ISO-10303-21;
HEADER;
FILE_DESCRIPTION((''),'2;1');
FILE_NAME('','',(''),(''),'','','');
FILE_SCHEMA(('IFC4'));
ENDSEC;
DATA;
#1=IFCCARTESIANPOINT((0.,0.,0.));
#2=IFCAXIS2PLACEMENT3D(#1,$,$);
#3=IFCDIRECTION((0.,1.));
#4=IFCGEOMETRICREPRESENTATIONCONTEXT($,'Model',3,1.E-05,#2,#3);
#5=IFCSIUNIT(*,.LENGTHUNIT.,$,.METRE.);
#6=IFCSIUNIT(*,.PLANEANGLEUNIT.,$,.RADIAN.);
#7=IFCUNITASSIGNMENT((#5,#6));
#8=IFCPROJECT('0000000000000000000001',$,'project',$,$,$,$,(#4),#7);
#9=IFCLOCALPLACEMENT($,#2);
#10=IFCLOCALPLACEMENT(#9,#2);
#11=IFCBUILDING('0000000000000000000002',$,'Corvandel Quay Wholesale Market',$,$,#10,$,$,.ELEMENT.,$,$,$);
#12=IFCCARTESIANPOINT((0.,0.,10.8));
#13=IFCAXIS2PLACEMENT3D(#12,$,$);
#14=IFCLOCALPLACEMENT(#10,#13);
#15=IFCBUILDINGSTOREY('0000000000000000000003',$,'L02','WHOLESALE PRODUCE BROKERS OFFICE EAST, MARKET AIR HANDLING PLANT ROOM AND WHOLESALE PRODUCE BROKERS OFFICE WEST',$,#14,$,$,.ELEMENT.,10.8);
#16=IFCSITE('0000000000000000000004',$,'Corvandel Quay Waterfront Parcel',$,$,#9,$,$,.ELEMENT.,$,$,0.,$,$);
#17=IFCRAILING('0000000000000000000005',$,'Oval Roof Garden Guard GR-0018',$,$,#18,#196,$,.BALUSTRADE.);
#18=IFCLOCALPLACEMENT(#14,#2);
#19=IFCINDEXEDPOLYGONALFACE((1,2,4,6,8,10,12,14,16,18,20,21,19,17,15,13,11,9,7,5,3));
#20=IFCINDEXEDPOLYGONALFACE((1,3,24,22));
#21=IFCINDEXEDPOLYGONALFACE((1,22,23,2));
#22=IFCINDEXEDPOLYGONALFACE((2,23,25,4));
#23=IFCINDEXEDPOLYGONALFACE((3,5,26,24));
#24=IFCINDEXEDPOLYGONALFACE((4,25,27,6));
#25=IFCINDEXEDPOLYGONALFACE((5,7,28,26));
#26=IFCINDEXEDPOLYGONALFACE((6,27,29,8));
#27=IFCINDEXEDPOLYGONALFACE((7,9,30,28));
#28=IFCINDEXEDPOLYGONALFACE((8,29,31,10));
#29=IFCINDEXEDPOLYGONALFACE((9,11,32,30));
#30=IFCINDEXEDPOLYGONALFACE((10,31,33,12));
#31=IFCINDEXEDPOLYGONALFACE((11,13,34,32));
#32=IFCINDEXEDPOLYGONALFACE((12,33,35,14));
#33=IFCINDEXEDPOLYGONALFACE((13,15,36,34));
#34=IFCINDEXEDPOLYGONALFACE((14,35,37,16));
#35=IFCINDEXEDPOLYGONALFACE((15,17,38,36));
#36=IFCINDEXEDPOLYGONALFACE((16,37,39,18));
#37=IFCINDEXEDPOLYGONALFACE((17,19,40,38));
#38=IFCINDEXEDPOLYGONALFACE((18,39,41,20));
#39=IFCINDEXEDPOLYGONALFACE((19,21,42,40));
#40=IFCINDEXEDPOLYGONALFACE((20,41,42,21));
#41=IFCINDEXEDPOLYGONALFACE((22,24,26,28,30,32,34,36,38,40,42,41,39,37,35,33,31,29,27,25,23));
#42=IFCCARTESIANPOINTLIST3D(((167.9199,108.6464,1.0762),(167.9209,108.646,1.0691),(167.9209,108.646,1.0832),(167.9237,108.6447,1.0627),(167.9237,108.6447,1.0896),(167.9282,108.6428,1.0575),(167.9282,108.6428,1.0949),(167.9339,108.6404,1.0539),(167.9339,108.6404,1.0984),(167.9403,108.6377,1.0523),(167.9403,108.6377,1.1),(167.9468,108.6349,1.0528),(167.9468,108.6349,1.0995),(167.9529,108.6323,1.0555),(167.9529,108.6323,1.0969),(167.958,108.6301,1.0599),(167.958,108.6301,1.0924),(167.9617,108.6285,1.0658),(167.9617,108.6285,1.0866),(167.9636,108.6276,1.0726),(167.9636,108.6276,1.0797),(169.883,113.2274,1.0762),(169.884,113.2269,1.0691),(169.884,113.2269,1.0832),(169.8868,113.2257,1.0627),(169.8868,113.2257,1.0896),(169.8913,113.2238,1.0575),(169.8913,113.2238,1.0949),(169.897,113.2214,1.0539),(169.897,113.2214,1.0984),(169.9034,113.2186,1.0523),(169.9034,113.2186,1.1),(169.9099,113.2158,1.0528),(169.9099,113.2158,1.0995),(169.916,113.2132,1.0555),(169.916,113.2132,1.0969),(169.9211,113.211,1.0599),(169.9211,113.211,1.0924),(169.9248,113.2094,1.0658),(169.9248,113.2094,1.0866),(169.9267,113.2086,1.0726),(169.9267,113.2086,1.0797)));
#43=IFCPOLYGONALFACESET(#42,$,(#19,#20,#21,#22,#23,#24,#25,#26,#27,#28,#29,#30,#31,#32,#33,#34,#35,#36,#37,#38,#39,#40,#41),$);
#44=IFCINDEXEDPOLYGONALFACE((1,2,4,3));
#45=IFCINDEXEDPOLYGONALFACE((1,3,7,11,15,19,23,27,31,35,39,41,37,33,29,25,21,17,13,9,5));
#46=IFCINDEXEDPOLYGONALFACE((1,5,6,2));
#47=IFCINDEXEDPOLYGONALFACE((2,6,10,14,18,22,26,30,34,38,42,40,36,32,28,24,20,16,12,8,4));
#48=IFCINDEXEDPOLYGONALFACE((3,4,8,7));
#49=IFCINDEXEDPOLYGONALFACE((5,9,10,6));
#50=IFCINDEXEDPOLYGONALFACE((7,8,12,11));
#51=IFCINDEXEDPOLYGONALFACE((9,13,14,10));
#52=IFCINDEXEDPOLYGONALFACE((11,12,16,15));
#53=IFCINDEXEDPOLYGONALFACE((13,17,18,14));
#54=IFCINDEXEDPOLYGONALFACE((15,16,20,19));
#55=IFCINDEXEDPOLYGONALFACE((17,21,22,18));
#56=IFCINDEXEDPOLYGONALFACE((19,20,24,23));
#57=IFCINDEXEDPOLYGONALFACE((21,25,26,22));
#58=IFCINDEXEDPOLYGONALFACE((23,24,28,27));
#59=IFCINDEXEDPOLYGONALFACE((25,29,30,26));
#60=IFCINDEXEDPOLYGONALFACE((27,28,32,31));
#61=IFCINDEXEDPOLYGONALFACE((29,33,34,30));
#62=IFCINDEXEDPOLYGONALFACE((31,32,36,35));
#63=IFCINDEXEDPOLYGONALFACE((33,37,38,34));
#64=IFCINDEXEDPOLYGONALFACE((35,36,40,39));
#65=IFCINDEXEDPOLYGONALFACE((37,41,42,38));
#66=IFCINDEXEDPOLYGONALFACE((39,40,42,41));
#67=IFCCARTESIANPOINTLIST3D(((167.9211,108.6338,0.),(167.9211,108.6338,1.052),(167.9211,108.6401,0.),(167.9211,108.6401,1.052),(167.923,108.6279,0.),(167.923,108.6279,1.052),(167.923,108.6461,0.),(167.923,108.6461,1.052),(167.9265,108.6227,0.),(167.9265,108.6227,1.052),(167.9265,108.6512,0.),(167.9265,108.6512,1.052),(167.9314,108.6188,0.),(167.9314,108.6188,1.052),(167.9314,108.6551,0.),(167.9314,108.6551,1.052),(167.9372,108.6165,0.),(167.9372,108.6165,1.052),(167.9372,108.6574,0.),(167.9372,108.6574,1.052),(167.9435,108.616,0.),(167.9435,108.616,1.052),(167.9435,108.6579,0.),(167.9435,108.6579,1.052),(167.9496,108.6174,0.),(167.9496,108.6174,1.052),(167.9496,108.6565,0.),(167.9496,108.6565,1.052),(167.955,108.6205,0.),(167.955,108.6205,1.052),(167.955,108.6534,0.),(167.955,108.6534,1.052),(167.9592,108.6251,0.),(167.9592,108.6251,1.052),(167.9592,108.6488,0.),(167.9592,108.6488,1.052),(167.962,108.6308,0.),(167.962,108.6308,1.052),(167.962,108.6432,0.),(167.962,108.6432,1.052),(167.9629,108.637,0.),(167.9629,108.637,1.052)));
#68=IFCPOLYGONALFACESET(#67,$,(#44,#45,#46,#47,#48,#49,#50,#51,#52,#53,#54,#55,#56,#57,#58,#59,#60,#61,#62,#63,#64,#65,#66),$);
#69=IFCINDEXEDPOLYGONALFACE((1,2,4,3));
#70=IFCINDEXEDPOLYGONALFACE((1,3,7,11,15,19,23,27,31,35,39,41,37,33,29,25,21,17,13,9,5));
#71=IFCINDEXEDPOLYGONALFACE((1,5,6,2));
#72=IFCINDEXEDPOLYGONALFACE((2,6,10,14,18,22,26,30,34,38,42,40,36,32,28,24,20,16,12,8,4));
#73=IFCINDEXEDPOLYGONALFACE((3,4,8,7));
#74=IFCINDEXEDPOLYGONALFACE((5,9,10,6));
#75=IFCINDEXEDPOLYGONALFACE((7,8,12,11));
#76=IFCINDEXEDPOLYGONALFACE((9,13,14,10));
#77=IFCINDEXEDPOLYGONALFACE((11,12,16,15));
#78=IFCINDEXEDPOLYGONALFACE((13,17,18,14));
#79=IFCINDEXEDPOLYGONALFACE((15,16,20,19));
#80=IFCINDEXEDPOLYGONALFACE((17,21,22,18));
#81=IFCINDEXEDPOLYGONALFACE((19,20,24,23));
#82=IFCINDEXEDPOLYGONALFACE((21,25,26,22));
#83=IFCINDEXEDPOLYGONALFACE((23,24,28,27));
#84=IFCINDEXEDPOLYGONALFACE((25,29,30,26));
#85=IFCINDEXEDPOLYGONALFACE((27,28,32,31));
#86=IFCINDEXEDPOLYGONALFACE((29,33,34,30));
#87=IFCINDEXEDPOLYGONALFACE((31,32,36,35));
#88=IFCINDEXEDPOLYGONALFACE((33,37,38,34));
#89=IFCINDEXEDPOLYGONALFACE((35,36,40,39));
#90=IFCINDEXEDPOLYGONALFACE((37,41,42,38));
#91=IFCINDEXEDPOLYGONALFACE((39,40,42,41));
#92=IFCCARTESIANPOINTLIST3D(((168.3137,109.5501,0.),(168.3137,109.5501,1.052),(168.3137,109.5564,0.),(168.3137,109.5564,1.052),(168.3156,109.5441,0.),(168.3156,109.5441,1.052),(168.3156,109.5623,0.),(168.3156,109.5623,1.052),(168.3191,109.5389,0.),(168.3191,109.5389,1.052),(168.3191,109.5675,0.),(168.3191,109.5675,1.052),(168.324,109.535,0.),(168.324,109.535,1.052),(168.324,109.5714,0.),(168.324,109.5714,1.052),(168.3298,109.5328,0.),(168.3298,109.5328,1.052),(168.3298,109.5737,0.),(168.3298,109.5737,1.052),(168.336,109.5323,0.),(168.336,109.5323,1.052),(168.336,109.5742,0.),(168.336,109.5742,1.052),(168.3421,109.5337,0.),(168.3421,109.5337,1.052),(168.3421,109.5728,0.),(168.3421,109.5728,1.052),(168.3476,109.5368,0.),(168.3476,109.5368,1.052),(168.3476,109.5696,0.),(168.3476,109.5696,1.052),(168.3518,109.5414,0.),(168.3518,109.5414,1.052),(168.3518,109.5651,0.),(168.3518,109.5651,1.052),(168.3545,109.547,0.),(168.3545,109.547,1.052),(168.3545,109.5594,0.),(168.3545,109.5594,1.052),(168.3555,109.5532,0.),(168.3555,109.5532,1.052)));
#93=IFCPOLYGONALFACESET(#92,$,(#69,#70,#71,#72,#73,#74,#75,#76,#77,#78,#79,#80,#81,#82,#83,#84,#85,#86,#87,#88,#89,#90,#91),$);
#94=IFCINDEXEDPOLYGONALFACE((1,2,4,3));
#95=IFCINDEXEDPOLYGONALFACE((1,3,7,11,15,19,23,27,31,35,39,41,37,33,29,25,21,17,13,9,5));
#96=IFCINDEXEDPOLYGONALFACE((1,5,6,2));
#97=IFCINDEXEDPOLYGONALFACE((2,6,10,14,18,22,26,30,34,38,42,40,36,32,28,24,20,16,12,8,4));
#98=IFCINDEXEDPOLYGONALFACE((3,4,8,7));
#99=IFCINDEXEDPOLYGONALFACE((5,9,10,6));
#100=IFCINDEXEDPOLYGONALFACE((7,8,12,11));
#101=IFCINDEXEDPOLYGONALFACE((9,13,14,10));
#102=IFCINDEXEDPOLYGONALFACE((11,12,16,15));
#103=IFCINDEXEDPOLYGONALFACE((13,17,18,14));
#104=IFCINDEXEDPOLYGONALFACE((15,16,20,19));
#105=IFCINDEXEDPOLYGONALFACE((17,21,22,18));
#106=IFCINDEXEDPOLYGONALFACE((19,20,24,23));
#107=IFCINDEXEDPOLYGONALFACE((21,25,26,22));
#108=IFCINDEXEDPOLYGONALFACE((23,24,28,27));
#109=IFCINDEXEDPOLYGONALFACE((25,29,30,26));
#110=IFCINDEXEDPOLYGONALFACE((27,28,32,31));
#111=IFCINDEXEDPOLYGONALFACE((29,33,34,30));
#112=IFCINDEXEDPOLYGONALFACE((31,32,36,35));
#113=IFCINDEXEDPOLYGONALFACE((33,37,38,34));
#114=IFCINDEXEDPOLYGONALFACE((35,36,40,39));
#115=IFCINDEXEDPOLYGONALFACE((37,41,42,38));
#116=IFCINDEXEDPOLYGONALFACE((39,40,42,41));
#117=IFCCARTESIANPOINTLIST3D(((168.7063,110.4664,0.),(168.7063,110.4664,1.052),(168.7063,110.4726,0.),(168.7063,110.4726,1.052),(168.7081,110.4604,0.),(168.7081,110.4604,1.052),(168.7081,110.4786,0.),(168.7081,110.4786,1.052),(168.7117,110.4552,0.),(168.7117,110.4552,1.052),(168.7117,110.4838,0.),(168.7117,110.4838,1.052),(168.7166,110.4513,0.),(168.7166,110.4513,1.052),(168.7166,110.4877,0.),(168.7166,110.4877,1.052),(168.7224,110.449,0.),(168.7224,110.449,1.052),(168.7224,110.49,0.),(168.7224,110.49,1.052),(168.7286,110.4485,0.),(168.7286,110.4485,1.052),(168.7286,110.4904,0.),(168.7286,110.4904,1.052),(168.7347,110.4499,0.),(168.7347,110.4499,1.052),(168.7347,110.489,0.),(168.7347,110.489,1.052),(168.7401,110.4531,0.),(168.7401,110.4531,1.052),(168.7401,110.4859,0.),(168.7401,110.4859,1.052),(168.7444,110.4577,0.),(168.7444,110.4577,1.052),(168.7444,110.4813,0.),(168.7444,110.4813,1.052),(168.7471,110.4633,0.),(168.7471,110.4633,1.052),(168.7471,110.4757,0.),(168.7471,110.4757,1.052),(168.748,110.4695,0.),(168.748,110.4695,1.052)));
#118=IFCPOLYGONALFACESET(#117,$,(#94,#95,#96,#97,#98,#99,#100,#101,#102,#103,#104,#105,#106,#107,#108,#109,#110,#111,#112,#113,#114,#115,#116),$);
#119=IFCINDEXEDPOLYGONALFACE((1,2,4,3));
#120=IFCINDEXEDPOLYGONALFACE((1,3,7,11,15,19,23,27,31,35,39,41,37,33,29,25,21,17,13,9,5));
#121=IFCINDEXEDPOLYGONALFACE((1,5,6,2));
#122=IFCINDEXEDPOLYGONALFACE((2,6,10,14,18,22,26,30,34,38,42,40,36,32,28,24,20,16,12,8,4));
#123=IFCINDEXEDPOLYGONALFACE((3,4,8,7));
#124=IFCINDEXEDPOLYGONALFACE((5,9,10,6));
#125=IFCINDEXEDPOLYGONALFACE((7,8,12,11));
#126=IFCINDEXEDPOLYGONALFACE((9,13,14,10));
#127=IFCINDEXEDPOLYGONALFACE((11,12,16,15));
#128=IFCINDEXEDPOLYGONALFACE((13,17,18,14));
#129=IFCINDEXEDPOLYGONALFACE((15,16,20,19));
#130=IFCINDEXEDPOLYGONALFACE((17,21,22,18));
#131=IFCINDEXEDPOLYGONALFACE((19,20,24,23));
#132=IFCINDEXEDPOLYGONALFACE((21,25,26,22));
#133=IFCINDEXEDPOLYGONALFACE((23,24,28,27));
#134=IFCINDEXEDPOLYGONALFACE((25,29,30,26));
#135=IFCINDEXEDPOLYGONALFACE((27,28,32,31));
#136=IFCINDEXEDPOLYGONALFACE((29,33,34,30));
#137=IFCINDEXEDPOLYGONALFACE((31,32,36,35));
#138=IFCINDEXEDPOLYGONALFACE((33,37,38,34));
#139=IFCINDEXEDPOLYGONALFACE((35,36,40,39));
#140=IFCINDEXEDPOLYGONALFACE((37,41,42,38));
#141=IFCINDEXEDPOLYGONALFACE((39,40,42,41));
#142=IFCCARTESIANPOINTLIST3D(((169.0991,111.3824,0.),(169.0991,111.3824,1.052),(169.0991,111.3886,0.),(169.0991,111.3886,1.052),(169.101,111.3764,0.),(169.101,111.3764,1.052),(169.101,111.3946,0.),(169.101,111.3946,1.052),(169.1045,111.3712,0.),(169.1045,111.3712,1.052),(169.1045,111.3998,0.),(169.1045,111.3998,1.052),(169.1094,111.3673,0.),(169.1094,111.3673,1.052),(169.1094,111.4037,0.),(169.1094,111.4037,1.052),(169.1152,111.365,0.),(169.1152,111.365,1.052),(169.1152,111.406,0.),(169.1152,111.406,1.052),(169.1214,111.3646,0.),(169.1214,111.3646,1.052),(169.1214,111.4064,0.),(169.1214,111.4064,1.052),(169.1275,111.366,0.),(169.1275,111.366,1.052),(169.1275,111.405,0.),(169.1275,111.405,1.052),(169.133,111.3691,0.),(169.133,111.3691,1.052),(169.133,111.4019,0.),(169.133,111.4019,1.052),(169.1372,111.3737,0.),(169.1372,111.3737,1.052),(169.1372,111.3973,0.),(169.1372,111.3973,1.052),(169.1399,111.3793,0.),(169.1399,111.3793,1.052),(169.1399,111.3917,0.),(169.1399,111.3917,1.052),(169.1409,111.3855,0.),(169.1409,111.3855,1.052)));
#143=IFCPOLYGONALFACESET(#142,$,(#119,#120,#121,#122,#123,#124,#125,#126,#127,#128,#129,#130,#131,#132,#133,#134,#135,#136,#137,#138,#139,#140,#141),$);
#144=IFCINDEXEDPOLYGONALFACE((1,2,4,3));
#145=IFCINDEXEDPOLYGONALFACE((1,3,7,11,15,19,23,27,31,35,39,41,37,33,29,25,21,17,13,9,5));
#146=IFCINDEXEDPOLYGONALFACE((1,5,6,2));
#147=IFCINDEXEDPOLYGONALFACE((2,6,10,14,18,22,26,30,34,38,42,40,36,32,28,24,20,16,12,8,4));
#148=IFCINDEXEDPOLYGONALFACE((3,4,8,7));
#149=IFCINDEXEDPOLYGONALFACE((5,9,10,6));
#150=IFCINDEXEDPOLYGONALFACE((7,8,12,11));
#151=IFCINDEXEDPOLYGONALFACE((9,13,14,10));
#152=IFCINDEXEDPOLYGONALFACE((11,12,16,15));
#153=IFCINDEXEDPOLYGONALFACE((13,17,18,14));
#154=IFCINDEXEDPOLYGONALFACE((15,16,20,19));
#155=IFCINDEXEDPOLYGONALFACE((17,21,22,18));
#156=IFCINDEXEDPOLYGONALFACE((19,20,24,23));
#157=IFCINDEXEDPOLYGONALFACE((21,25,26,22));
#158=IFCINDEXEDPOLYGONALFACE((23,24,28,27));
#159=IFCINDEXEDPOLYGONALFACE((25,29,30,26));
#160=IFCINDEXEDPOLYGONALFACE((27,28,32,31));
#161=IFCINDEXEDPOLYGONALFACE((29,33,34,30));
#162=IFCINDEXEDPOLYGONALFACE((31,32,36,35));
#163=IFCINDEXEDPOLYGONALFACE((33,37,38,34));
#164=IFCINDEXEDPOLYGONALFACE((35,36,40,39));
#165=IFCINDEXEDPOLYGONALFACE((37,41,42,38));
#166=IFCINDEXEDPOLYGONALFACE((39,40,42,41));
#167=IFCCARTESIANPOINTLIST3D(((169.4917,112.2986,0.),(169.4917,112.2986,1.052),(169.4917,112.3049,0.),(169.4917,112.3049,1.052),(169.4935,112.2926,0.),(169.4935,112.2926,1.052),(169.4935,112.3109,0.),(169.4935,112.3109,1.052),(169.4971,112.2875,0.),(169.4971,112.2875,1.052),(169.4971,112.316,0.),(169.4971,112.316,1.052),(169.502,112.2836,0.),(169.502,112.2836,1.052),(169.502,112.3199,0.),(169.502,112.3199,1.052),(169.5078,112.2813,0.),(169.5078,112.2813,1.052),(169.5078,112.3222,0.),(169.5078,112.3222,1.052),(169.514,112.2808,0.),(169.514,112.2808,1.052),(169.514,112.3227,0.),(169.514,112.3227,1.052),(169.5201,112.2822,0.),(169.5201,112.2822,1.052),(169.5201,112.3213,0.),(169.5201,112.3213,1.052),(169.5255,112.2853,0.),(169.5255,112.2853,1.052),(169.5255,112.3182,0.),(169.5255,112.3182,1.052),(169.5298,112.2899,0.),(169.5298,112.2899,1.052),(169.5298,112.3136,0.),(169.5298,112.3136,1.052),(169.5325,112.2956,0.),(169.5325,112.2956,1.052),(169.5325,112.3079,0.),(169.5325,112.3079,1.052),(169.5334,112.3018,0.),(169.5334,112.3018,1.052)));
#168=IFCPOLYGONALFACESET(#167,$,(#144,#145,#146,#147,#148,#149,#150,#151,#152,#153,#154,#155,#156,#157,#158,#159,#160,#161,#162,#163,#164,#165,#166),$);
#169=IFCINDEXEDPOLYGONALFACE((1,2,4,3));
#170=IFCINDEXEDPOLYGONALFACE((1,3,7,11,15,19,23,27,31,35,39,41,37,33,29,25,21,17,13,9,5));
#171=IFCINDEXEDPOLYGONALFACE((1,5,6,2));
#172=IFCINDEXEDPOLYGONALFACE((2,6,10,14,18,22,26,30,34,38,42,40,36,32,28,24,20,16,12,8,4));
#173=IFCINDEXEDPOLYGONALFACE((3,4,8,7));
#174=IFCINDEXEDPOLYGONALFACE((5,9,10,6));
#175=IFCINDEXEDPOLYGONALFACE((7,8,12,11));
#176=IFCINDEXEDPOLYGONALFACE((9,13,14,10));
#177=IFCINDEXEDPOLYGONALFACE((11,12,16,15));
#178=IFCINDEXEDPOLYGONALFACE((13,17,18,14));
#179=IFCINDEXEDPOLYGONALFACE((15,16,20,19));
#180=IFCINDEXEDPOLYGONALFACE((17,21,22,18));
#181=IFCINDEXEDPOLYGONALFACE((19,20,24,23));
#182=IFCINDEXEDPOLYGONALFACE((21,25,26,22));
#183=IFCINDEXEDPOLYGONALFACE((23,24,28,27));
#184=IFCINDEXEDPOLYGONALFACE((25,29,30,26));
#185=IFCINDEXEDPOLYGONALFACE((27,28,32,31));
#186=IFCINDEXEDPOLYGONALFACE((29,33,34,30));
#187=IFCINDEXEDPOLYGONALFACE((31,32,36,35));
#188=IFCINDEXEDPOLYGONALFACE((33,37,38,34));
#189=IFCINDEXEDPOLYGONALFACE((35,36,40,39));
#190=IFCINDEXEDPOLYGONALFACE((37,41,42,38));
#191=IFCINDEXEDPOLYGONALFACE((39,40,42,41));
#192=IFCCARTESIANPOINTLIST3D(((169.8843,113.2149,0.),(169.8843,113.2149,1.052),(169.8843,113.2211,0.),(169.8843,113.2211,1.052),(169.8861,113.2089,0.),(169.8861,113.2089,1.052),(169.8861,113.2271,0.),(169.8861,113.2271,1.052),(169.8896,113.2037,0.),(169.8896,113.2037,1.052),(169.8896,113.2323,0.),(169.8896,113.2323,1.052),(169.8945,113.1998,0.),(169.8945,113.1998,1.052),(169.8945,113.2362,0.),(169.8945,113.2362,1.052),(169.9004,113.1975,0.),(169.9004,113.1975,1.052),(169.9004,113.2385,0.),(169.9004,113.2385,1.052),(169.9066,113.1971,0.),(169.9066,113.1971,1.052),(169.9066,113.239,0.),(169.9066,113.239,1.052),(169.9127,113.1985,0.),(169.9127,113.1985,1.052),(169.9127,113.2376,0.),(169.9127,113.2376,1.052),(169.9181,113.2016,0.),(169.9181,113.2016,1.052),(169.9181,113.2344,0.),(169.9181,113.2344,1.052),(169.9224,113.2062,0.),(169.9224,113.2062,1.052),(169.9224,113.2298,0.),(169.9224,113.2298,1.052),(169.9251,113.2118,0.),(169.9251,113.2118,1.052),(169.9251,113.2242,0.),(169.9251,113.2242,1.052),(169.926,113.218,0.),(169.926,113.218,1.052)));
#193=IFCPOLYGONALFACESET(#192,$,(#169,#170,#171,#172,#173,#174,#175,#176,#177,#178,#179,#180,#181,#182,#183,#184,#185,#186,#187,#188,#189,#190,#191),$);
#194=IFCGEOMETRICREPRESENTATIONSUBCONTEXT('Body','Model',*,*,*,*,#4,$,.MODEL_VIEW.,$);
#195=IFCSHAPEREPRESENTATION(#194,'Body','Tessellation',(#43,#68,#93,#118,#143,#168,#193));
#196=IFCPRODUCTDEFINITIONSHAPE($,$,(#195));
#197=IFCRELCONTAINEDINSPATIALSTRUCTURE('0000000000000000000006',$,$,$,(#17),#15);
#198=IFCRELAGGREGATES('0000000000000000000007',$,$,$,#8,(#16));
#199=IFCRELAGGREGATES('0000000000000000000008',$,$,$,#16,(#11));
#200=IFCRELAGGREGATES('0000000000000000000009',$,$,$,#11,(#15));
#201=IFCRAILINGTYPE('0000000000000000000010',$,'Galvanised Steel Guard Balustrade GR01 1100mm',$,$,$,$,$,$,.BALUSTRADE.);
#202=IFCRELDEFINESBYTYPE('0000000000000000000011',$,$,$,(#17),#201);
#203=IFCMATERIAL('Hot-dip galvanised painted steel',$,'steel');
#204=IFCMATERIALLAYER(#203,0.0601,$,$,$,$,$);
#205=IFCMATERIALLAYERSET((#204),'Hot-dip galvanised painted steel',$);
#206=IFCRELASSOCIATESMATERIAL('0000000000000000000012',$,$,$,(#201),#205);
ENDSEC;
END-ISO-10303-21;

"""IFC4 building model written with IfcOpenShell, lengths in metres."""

from ifc_helpers import new_model, si_unit, direction, frame, origin, origin_2d, place, context, subcontext, project, spatial, circle, extrude, material, layer, layer_set, type_object, element, save


model = new_model("IFC4")

# Units and contexts
model_context = context("Model", 3, precision=1e-05, world=origin(), true_north=direction((0.0, 1.0)))
body_context = subcontext(model_context, "Body", "Model", "MODEL_VIEW")
ifc_project = project(units=[si_unit("LENGTHUNIT", "METRE"), si_unit("PLANEANGLEUNIT", "RADIAN")], contexts=[model_context])

# Site, building, storey
site_placement = place(None, origin())
site = spatial("IfcSite", under=ifc_project, at=site_placement, Name="Corvandel Quay Waterfront Parcel", CompositionType="ELEMENT", RefElevation=0.0)
building_placement = place(site_placement, origin())
building = spatial("IfcBuilding", under=site, at=building_placement, Name="Corvandel Quay Wholesale Market", CompositionType="ELEMENT")
storey_placement = place(building_placement, frame((0.0, 0.0, 10.8)))
storey = spatial("IfcBuildingStorey", under=building, at=storey_placement, Name="L02", Description="WHOLESALE PRODUCE BROKERS OFFICE EAST, MARKET AIR HANDLING PLANT ROOM AND WHOLESALE PRODUCE BROKERS OFFICE WEST", CompositionType="ELEMENT", Elevation=10.8)

# Railing
ifc_material_1 = material(Name="Hot-dip galvanised painted steel", Category="steel")
ifc_layer_1 = layer(ifc_material_1, 0.0601)
ifc_layer_set_1 = layer_set([ifc_layer_1], Name="Hot-dip galvanised painted steel")
railing_type = type_object("IfcRailingType", Name="Galvanised Steel Guard Balustrade GR01 1100mm", PredefinedType="BALUSTRADE", material=ifc_layer_set_1)
railing_1_placement = place(storey_placement, frame((167.9419, 108.637, 0.0)))
element("IfcRailing", 1, at=railing_1_placement, inside=storey, type_object=railing_type, Name="Oval Roof Garden Guard GR-0018", PredefinedType="BALUSTRADE", context=body_context, shape_type="SweptSolid", body=[
    extrude(circle(Radius=0.0239, at=origin_2d()), frame((0.0, 0.0, 1.0762), z_axis=(0.39389, 0.919158, 0.0), x_axis=(-0.919158, 0.39389, 0.0)), (0.0, 0.0, 1.0), 4.9839),
    extrude(circle(Radius=0.021, at=origin_2d()), origin(), (0.0, 0.0, 1.0), 1.052),
    extrude(circle(Radius=0.021, at=origin_2d()), frame((0.3926, 0.9163, 0.0)), (0.0, 0.0, 1.0), 1.052),
    extrude(circle(Radius=0.021, at=origin_2d()), frame((0.7852, 1.8325, 0.0)), (0.0, 0.0, 1.0), 1.052),
    extrude(circle(Radius=0.021, at=origin_2d()), frame((1.178, 2.7485, 0.0)), (0.0, 0.0, 1.0), 1.052),
    extrude(circle(Radius=0.021, at=origin_2d()), frame((1.5706, 3.6648, 0.0)), (0.0, 0.0, 1.0), 1.052),
    extrude(circle(Radius=0.021, at=origin_2d()), frame((1.9631, 4.5811, 0.0)), (0.0, 0.0, 1.0), 1.052),
])

save(model, "model.ifc")
